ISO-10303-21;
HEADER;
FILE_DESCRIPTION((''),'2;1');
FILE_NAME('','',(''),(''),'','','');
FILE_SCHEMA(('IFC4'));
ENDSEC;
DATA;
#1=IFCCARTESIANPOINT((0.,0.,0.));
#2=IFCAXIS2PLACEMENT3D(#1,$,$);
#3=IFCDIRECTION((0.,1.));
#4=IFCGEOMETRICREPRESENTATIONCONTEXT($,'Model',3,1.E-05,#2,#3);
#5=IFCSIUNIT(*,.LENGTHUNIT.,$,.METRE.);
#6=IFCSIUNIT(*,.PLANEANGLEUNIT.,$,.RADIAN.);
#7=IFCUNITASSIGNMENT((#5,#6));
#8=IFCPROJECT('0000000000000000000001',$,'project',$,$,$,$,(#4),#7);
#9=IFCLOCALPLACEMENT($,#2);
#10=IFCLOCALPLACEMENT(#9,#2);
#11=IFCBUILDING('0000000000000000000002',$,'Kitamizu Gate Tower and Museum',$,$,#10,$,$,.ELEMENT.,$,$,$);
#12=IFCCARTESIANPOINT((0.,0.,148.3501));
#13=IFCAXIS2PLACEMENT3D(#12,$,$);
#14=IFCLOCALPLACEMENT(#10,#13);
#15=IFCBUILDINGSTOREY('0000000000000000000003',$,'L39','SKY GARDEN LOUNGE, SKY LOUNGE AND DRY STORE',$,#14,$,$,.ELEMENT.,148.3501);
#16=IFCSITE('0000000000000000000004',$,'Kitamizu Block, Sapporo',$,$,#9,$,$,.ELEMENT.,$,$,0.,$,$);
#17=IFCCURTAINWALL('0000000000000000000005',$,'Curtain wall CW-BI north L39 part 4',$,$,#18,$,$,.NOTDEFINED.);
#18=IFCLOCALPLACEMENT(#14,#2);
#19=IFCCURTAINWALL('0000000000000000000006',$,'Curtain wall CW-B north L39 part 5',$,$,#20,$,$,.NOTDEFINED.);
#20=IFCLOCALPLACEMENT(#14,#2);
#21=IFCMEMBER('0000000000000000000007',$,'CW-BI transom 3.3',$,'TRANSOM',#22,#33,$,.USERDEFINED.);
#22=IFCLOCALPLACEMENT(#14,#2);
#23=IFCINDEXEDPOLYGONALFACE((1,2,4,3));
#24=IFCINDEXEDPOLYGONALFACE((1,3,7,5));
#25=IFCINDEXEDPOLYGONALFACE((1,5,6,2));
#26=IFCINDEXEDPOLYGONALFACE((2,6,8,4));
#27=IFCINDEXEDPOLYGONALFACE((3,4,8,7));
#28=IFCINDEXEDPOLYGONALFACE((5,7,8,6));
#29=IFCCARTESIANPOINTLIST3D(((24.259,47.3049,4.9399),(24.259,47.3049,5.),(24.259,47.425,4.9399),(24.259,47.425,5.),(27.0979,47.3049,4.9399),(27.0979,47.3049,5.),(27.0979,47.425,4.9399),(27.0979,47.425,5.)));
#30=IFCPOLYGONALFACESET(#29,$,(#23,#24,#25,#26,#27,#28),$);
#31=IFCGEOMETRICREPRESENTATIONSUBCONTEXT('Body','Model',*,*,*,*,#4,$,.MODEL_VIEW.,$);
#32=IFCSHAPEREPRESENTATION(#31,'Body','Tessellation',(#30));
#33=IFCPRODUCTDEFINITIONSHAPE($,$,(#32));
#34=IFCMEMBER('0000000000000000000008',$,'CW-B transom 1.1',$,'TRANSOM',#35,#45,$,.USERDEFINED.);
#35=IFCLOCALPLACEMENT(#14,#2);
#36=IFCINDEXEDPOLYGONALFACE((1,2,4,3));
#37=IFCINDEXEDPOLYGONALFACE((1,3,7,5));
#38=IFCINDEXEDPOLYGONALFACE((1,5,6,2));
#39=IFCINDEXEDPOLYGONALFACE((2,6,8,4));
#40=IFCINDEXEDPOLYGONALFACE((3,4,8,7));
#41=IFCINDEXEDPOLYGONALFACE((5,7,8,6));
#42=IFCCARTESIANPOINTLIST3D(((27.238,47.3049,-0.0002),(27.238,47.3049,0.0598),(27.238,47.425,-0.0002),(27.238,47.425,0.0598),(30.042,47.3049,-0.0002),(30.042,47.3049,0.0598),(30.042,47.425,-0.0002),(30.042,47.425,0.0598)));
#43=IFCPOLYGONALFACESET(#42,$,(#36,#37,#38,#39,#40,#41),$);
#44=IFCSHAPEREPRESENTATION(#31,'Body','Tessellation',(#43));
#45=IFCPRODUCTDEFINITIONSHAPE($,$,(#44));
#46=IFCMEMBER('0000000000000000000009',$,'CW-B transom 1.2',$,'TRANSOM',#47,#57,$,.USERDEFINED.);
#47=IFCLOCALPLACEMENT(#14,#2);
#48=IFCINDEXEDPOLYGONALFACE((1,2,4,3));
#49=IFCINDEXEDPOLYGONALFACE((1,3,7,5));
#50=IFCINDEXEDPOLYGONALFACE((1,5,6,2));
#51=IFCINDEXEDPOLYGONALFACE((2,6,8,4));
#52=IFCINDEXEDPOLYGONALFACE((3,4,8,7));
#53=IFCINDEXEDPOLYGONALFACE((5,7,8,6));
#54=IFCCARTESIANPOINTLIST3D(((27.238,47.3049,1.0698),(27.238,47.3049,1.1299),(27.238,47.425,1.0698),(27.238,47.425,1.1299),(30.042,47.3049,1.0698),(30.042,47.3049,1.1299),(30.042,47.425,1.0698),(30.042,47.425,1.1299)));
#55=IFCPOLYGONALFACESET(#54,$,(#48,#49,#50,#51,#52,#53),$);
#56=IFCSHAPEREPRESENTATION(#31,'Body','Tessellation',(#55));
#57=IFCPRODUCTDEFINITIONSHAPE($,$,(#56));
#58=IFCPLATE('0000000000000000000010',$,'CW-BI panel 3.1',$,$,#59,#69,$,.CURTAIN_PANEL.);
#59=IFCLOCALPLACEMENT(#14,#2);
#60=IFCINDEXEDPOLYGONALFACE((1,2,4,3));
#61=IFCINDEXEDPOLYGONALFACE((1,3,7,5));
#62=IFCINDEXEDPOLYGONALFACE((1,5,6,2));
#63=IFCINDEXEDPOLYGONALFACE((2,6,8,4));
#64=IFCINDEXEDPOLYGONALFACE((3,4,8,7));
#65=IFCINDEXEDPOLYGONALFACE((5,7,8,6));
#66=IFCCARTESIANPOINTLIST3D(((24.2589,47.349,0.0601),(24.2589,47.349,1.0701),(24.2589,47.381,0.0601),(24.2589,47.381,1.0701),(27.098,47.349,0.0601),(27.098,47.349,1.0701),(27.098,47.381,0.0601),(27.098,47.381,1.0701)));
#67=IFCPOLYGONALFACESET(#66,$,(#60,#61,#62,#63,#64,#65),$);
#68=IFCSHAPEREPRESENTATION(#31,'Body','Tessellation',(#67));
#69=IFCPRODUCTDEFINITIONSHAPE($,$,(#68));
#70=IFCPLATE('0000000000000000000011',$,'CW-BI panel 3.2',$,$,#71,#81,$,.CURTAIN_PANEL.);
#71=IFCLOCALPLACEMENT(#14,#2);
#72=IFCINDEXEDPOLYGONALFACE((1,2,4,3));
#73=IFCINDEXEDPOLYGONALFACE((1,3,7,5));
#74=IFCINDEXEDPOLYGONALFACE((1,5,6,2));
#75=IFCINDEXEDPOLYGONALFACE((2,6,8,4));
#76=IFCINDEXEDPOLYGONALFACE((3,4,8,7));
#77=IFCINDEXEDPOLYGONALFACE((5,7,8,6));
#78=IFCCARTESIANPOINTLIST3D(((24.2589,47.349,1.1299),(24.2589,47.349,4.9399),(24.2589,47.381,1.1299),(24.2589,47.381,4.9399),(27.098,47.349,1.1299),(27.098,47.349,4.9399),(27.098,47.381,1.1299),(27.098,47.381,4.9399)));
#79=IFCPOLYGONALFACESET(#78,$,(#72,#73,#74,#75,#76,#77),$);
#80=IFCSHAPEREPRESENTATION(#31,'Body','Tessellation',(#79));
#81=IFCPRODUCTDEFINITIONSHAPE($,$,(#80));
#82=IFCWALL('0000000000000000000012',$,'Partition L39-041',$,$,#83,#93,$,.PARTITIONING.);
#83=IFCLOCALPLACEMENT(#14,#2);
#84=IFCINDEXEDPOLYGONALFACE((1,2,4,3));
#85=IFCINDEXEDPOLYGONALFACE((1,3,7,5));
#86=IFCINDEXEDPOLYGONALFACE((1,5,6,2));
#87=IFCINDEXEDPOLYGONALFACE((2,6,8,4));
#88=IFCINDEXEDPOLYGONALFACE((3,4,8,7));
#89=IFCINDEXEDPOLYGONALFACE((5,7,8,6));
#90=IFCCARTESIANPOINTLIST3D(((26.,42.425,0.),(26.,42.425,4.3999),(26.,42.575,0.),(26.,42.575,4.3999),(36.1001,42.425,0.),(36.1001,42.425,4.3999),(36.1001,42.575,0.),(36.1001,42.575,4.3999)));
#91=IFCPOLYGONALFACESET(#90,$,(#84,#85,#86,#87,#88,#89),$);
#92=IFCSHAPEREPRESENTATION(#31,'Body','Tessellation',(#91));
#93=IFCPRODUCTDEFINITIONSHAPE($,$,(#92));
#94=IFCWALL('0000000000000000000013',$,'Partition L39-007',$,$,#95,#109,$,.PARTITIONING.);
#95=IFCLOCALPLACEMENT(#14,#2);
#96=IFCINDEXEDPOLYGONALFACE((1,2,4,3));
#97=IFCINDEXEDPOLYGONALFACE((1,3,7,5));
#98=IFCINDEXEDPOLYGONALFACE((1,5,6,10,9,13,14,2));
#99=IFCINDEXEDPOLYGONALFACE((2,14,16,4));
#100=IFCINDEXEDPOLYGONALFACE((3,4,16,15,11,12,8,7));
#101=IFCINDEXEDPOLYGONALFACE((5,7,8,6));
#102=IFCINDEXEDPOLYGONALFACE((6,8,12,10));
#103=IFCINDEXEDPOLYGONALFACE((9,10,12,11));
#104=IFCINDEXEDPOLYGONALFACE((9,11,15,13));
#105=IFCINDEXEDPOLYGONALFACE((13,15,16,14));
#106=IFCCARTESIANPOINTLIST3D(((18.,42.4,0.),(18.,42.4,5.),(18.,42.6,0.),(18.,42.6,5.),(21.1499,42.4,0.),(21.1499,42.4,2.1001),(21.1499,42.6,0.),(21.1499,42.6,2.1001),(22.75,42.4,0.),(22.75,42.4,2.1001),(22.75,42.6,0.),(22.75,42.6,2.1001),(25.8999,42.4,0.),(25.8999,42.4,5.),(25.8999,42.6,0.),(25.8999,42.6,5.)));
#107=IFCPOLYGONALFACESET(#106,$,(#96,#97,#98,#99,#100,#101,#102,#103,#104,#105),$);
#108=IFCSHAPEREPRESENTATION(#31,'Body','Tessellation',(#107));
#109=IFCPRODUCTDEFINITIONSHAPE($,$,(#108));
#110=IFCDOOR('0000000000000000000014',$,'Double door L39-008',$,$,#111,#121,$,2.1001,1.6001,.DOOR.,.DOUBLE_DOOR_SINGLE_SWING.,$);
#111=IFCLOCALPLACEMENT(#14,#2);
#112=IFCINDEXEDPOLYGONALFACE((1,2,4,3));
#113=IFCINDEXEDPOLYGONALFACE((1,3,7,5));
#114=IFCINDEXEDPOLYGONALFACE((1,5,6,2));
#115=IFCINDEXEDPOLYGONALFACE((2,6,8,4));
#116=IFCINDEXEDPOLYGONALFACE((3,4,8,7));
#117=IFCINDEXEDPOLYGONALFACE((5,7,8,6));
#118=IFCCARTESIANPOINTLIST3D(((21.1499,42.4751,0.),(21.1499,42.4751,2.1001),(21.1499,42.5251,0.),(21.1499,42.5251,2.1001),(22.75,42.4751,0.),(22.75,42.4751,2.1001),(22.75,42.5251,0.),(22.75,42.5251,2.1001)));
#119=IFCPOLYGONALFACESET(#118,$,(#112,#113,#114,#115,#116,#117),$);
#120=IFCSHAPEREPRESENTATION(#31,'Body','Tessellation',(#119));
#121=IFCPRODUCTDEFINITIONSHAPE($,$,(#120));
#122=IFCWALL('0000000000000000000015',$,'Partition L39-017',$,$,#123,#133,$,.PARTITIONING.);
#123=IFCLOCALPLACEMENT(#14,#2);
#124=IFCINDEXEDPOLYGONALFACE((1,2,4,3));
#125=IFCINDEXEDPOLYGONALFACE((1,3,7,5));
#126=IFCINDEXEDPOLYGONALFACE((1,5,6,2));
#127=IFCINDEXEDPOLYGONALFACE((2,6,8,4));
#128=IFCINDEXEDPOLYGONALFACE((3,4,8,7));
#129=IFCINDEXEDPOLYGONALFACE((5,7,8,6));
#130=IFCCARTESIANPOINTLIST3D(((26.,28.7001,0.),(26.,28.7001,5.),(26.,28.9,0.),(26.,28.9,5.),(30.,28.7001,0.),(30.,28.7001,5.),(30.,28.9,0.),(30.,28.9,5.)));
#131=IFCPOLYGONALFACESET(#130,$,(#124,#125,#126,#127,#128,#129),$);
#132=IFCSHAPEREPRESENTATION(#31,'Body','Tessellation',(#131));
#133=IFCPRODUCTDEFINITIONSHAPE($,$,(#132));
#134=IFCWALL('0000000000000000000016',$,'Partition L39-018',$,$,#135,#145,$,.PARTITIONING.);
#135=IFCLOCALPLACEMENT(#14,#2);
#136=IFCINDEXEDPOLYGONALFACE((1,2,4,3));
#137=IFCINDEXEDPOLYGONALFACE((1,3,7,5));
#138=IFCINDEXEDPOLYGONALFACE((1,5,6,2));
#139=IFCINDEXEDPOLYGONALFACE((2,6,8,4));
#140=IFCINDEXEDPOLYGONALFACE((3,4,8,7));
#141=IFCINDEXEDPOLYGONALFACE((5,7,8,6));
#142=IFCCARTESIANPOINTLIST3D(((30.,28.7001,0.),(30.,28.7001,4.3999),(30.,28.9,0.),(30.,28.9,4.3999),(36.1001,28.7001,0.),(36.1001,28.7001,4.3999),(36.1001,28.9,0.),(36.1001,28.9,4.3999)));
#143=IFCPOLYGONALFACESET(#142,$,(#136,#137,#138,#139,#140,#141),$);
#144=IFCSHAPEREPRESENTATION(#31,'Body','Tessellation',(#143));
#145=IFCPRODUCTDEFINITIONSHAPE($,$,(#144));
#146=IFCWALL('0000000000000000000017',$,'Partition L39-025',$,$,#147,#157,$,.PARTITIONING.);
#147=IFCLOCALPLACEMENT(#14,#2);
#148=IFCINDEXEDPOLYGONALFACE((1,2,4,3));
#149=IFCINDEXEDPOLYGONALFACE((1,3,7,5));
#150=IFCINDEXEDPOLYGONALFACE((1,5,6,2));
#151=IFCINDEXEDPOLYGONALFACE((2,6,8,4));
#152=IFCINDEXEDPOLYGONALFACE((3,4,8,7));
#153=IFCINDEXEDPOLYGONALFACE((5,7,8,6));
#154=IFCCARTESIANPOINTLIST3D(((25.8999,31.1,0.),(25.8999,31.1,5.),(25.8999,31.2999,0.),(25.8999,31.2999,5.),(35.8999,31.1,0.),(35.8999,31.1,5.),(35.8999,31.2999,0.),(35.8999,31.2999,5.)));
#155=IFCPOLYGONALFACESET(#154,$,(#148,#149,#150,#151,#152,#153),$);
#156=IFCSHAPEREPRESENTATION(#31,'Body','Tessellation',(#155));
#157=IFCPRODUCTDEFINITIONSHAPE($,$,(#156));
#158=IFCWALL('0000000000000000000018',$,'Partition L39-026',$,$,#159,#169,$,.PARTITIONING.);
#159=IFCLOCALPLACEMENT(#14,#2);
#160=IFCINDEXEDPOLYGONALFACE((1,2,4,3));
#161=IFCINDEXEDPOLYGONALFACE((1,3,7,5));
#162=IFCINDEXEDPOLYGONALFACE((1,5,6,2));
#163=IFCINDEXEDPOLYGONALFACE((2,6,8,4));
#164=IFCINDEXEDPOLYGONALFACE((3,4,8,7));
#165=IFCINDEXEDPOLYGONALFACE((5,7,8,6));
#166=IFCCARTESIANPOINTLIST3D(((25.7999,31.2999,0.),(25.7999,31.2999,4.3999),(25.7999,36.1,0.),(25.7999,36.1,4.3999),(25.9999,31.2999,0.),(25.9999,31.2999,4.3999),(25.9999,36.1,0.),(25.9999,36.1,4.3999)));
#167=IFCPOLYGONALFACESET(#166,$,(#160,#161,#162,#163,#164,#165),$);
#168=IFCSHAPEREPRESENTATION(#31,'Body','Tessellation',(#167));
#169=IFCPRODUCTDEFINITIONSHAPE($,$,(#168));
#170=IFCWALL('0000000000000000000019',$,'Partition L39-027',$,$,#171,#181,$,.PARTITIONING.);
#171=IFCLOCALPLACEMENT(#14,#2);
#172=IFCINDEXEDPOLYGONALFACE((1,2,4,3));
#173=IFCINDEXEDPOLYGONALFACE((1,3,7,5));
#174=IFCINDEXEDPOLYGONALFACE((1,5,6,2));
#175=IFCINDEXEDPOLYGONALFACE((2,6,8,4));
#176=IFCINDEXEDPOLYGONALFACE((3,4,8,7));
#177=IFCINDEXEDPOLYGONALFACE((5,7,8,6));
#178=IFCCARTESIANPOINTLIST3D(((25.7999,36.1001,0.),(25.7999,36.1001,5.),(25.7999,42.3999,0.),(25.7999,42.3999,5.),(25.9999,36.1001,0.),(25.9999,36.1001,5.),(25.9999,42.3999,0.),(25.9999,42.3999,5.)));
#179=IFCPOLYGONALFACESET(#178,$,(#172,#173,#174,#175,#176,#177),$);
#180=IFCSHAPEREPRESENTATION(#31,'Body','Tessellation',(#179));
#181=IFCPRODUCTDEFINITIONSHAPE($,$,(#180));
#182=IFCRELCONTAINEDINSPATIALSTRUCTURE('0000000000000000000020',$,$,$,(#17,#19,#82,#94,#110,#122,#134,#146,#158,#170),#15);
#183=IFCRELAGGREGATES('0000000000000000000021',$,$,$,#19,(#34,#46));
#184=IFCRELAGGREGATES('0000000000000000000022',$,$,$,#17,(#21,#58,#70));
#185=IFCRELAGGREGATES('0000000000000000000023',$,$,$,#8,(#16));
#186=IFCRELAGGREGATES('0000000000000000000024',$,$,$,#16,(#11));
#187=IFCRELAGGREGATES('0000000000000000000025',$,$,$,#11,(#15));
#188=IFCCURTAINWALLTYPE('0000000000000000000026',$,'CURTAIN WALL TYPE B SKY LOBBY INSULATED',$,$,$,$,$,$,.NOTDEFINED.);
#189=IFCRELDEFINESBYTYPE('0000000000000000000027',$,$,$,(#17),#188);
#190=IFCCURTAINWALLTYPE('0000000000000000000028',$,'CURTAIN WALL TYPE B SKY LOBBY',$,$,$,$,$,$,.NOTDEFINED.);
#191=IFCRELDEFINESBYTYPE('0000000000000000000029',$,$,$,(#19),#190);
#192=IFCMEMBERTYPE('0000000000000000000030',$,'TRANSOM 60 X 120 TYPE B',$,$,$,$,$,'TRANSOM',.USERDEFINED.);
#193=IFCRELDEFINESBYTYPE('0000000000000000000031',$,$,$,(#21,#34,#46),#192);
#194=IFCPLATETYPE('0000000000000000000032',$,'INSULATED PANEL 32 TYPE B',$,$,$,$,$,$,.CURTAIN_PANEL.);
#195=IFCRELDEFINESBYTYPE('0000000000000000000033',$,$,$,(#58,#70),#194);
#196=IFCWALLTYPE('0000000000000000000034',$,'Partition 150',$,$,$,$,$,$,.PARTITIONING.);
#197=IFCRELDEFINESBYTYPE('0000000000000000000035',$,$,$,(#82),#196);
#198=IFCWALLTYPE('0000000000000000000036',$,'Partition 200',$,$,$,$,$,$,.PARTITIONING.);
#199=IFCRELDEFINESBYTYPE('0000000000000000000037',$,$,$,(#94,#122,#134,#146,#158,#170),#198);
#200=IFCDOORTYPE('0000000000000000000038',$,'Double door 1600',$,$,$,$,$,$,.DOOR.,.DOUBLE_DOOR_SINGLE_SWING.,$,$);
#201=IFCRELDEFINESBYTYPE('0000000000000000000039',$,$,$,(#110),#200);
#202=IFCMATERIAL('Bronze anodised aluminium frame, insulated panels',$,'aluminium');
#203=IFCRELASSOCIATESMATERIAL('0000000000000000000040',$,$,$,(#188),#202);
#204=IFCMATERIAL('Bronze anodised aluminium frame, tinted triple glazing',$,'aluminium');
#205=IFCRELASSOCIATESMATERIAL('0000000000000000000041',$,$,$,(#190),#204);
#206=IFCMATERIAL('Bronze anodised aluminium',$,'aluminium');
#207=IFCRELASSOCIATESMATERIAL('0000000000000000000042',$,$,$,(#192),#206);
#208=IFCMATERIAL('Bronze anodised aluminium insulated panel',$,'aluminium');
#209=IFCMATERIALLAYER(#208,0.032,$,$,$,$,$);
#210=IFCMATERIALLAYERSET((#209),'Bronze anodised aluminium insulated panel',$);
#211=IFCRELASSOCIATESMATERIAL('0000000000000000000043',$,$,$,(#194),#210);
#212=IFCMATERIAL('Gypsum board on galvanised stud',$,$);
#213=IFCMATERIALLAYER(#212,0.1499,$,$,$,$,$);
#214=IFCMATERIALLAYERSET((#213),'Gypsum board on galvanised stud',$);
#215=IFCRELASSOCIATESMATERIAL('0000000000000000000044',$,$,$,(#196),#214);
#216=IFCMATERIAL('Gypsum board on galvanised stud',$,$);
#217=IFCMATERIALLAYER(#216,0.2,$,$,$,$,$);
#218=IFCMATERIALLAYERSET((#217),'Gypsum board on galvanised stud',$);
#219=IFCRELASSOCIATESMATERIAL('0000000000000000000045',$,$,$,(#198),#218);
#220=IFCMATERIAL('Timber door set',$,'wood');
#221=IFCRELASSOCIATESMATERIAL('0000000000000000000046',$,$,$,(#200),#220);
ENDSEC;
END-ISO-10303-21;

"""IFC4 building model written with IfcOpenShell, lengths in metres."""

from ifc_helpers import new_model, si_unit, direction, frame, frame_2d, origin, origin_2d, place, context, subcontext, project, spatial, rectangle, extrude, material, layer, layer_set, material_profile, profile_set, type_object, element, fill, aggregate, save


model = new_model("IFC4")

# Units and contexts
model_context = context("Model", 3, precision=1e-05, world=origin(), true_north=direction((0.0, 1.0)))
body_context = subcontext(model_context, "Body", "Model", "MODEL_VIEW")
ifc_project = project(units=[si_unit("LENGTHUNIT", "METRE"), si_unit("PLANEANGLEUNIT", "RADIAN")], contexts=[model_context])

# Site, building, storey
site_placement = place(None, origin())
site = spatial("IfcSite", under=ifc_project, at=site_placement, Name="Kitamizu Block, Sapporo", CompositionType="ELEMENT", RefElevation=0.0)
building_placement = place(site_placement, origin())
building = spatial("IfcBuilding", under=site, at=building_placement, Name="Kitamizu Gate Tower and Museum", CompositionType="ELEMENT")
storey_placement = place(building_placement, frame((0.0, 0.0, 148.3501)))
storey = spatial("IfcBuildingStorey", under=building, at=storey_placement, Name="L39", Description="SKY GARDEN LOUNGE, SKY LOUNGE AND DRY STORE", CompositionType="ELEMENT", Elevation=148.3501)

# Curtain wall
ifc_material_1 = material(Name="Bronze anodised aluminium frame, insulated panels", Category="aluminium")
curtain_wall_type_1 = type_object("IfcCurtainWallType", Name="CURTAIN WALL TYPE B SKY LOBBY INSULATED", PredefinedType="NOTDEFINED", material=ifc_material_1)
curtain_wall_1_placement = place(storey_placement, origin())
curtain_wall_1 = element("IfcCurtainWall", 1, at=curtain_wall_1_placement, inside=storey, type_object=curtain_wall_type_1, Name="Curtain wall CW-BI north L39 part 4", PredefinedType="NOTDEFINED")

# Curtain wall
ifc_material_2 = material(Name="Bronze anodised aluminium frame, tinted triple glazing", Category="aluminium")
curtain_wall_type_2 = type_object("IfcCurtainWallType", Name="CURTAIN WALL TYPE B SKY LOBBY", PredefinedType="NOTDEFINED", material=ifc_material_2)
curtain_wall_2_placement = place(storey_placement, origin())
curtain_wall_2 = element("IfcCurtainWall", 2, at=curtain_wall_2_placement, inside=storey, type_object=curtain_wall_type_2, Name="Curtain wall CW-B north L39 part 5", PredefinedType="NOTDEFINED")

# Members
ifc_material_3 = material(Name="Bronze anodised aluminium", Category="aluminium")
ifc_material_profile_1 = material_profile(ifc_material_3, rectangle(XDim=0.1201, YDim=0.0601, at=origin_2d()), Name="AL 60X120")
ifc_profile_set_1 = profile_set([ifc_material_profile_1], Name="Bronze anodised aluminium")
member_type_1 = type_object("IfcMemberType", Name="TRANSOM 60 X 120 TYPE B", ElementType="TRANSOM", PredefinedType="USERDEFINED", material=ifc_profile_set_1)
member_1_placement = place(storey_placement, frame((24.259, 47.365, 4.97), z_axis=(1.0, 0.0, 0.0), x_axis=(0.0, 1.0, 0.0)))
member_1 = element("IfcMember", 3, at=member_1_placement, type_object=member_type_1, Name="CW-BI transom 3.3", ObjectType="TRANSOM", PredefinedType="USERDEFINED", context=body_context, shape_type="SweptSolid", body=[
    extrude(rectangle(XDim=0.1201, YDim=0.0601, at=origin_2d()), origin(), (0.0, 0.0, 1.0), 2.8389),
])
member_2_placement = place(storey_placement, frame((27.238, 47.365, 0.0298), z_axis=(1.0, 0.0, 0.0), x_axis=(0.0, 1.0, 0.0)))
member_2 = element("IfcMember", 4, at=member_2_placement, type_object=member_type_1, Name="CW-B transom 1.1", ObjectType="TRANSOM", PredefinedType="USERDEFINED", context=body_context, shape_type="SweptSolid", body=[
    extrude(rectangle(XDim=0.1201, YDim=0.0601, at=origin_2d()), origin(), (0.0, 0.0, 1.0), 2.804),
])
member_3_placement = place(storey_placement, frame((27.238, 47.365, 1.0999), z_axis=(1.0, 0.0, 0.0), x_axis=(0.0, 1.0, 0.0)))
member_3 = element("IfcMember", 5, at=member_3_placement, type_object=member_type_1, Name="CW-B transom 1.2", ObjectType="TRANSOM", PredefinedType="USERDEFINED", context=body_context, shape_type="SweptSolid", body=[
    extrude(rectangle(XDim=0.1201, YDim=0.0601, at=origin_2d()), origin(), (0.0, 0.0, 1.0), 2.804),
])
aggregate(curtain_wall_2, [member_2, member_3])

# Plates
ifc_material_4 = material(Name="Bronze anodised aluminium insulated panel", Category="aluminium")
ifc_layer_1 = layer(ifc_material_4, 0.032)
ifc_layer_set_1 = layer_set([ifc_layer_1], Name="Bronze anodised aluminium insulated panel")
plate_type = type_object("IfcPlateType", Name="INSULATED PANEL 32 TYPE B", PredefinedType="CURTAIN_PANEL", material=ifc_layer_set_1)
plate_1_placement = place(storey_placement, frame((25.6785, 47.365, 0.0601), z_axis=(0.0, 0.0, 1.0), x_axis=(1.0, 0.0, 0.0)))
plate_1 = element("IfcPlate", 6, at=plate_1_placement, type_object=plate_type, Name="CW-BI panel 3.1", PredefinedType="CURTAIN_PANEL", context=body_context, shape_type="SweptSolid", body=[
    extrude(rectangle(XDim=2.8391, YDim=0.032, at=origin_2d()), origin(), (0.0, 0.0, 1.0), 1.01),
])
plate_2_placement = place(storey_placement, frame((25.6785, 47.365, 1.1299), z_axis=(0.0, 0.0, 1.0), x_axis=(1.0, 0.0, 0.0)))
plate_2 = element("IfcPlate", 7, at=plate_2_placement, type_object=plate_type, Name="CW-BI panel 3.2", PredefinedType="CURTAIN_PANEL", context=body_context, shape_type="SweptSolid", body=[
    extrude(rectangle(XDim=2.8391, YDim=0.032, at=origin_2d()), origin(), (0.0, 0.0, 1.0), 3.8101),
])
aggregate(curtain_wall_1, [member_1, plate_1, plate_2])

# Wall
ifc_material_5 = material(Name="Gypsum board on galvanised stud")
ifc_layer_2 = layer(ifc_material_5, 0.1499)
ifc_layer_set_2 = layer_set([ifc_layer_2], Name="Gypsum board on galvanised stud")
wall_type_1 = type_object("IfcWallType", Name="Partition 150", PredefinedType="PARTITIONING", material=ifc_layer_set_2)
wall_1_placement = place(storey_placement, frame((26.0, 42.5, 0.0), z_axis=(0.0, 0.0, 1.0), x_axis=(1.0, 0.0, 0.0)))
element("IfcWall", 8, at=wall_1_placement, inside=storey, type_object=wall_type_1, Name="Partition L39-041", PredefinedType="PARTITIONING", context=body_context, shape_type="SweptSolid", body=[
    extrude(rectangle(XDim=10.1001, YDim=0.1499, at=frame_2d((5.05, 0.0))), origin(), (0.0, 0.0, 1.0), 4.3999),
])

# Wall, opening, door
ifc_material_6 = material(Name="Gypsum board on galvanised stud")
ifc_layer_3 = layer(ifc_material_6, 0.2)
ifc_layer_set_3 = layer_set([ifc_layer_3], Name="Gypsum board on galvanised stud")
wall_type_2 = type_object("IfcWallType", Name="Partition 200", PredefinedType="PARTITIONING", material=ifc_layer_set_3)
wall_2_placement = place(storey_placement, frame((25.8999, 42.5, 0.0), z_axis=(0.0, 0.0, 1.0), x_axis=(-1.0, 0.0, 0.0)))
wall_2 = element("IfcWall", 9, at=wall_2_placement, inside=storey, type_object=wall_type_2, Name="Partition L39-007", PredefinedType="PARTITIONING", context=body_context, shape_type="SweptSolid", body=[
    extrude(rectangle(XDim=7.8999, YDim=0.2, at=frame_2d((3.95, 0.0))), origin(), (0.0, 0.0, 1.0), 5.0),
])
opening_placement = place(wall_2_placement, frame((3.1499, 0.0, 0.0)))
opening = element("IfcOpeningElement", 10, at=opening_placement, cuts=wall_2, PredefinedType="OPENING", context=body_context, shape_type="SweptSolid", body=[
    extrude(rectangle(XDim=1.6001, YDim=2.1001, at=frame_2d((0.8, 1.05))), frame((0.0, 0.1099, 0.0), z_axis=(0.0, -1.0, 0.0), x_axis=(1.0, 0.0, 0.0)), (0.0, 0.0, 1.0), 0.22),
])
ifc_material_7 = material(Name="Timber door set", Category="wood")
door_type = type_object("IfcDoorType", Name="Double door 1600", OperationType="DOUBLE_DOOR_SINGLE_SWING", PredefinedType="DOOR", material=ifc_material_7)
door_placement = place(opening_placement, origin())
door = element("IfcDoor", 11, at=door_placement, inside=storey, type_object=door_type, Name="Double door L39-008", OperationType="DOUBLE_DOOR_SINGLE_SWING", OverallHeight=2.1001, OverallWidth=1.6001, PredefinedType="DOOR", context=body_context, shape_type="SweptSolid", body=[
    extrude(rectangle(XDim=1.6001, YDim=2.1001, at=frame_2d((0.8, 1.05))), frame((0.0, 0.0249, 0.0), z_axis=(0.0, -1.0, 0.0), x_axis=(1.0, 0.0, 0.0)), (0.0, 0.0, 1.0), 0.05),
])
fill(opening, door)

# Walls
wall_3_placement = place(storey_placement, frame((26.0, 28.8, 0.0), z_axis=(0.0, 0.0, 1.0), x_axis=(1.0, 0.0, 0.0)))
element("IfcWall", 12, at=wall_3_placement, inside=storey, type_object=wall_type_2, Name="Partition L39-017", PredefinedType="PARTITIONING", context=body_context, shape_type="SweptSolid", body=[
    extrude(rectangle(XDim=4.0, YDim=0.2, at=frame_2d((2.0, 0.0))), origin(), (0.0, 0.0, 1.0), 5.0),
])
wall_4_placement = place(storey_placement, frame((30.0, 28.8, 0.0), z_axis=(0.0, 0.0, 1.0), x_axis=(1.0, 0.0, 0.0)))
element("IfcWall", 13, at=wall_4_placement, inside=storey, type_object=wall_type_2, Name="Partition L39-018", PredefinedType="PARTITIONING", context=body_context, shape_type="SweptSolid", body=[
    extrude(rectangle(XDim=6.1001, YDim=0.2, at=frame_2d((3.05, 0.0))), origin(), (0.0, 0.0, 1.0), 4.3999),
])
wall_5_placement = place(storey_placement, frame((35.8999, 31.2, 0.0), z_axis=(0.0, 0.0, 1.0), x_axis=(-1.0, 0.0, 0.0)))
element("IfcWall", 14, at=wall_5_placement, inside=storey, type_object=wall_type_2, Name="Partition L39-025", PredefinedType="PARTITIONING", context=body_context, shape_type="SweptSolid", body=[
    extrude(rectangle(XDim=10.0, YDim=0.2, at=frame_2d((5.0, 0.0))), origin(), (0.0, 0.0, 1.0), 5.0),
])
wall_6_placement = place(storey_placement, frame((25.8999, 31.3, 0.0), z_axis=(0.0, 0.0, 1.0), x_axis=(0.0, 1.0, 0.0)))
element("IfcWall", 15, at=wall_6_placement, inside=storey, type_object=wall_type_2, Name="Partition L39-026", PredefinedType="PARTITIONING", context=body_context, shape_type="SweptSolid", body=[
    extrude(rectangle(XDim=4.8, YDim=0.2, at=frame_2d((2.3999, 0.0))), origin(), (0.0, 0.0, 1.0), 4.3999),
])
wall_7_placement = place(storey_placement, frame((25.8999, 36.1001, 0.0), z_axis=(0.0, 0.0, 1.0), x_axis=(0.0, 1.0, 0.0)))
element("IfcWall", 16, at=wall_7_placement, inside=storey, type_object=wall_type_2, Name="Partition L39-027", PredefinedType="PARTITIONING", context=body_context, shape_type="SweptSolid", body=[
    extrude(rectangle(XDim=6.2998, YDim=0.2, at=frame_2d((3.1499, 0.0))), origin(), (0.0, 0.0, 1.0), 5.0),
])

save(model, "model.ifc")
